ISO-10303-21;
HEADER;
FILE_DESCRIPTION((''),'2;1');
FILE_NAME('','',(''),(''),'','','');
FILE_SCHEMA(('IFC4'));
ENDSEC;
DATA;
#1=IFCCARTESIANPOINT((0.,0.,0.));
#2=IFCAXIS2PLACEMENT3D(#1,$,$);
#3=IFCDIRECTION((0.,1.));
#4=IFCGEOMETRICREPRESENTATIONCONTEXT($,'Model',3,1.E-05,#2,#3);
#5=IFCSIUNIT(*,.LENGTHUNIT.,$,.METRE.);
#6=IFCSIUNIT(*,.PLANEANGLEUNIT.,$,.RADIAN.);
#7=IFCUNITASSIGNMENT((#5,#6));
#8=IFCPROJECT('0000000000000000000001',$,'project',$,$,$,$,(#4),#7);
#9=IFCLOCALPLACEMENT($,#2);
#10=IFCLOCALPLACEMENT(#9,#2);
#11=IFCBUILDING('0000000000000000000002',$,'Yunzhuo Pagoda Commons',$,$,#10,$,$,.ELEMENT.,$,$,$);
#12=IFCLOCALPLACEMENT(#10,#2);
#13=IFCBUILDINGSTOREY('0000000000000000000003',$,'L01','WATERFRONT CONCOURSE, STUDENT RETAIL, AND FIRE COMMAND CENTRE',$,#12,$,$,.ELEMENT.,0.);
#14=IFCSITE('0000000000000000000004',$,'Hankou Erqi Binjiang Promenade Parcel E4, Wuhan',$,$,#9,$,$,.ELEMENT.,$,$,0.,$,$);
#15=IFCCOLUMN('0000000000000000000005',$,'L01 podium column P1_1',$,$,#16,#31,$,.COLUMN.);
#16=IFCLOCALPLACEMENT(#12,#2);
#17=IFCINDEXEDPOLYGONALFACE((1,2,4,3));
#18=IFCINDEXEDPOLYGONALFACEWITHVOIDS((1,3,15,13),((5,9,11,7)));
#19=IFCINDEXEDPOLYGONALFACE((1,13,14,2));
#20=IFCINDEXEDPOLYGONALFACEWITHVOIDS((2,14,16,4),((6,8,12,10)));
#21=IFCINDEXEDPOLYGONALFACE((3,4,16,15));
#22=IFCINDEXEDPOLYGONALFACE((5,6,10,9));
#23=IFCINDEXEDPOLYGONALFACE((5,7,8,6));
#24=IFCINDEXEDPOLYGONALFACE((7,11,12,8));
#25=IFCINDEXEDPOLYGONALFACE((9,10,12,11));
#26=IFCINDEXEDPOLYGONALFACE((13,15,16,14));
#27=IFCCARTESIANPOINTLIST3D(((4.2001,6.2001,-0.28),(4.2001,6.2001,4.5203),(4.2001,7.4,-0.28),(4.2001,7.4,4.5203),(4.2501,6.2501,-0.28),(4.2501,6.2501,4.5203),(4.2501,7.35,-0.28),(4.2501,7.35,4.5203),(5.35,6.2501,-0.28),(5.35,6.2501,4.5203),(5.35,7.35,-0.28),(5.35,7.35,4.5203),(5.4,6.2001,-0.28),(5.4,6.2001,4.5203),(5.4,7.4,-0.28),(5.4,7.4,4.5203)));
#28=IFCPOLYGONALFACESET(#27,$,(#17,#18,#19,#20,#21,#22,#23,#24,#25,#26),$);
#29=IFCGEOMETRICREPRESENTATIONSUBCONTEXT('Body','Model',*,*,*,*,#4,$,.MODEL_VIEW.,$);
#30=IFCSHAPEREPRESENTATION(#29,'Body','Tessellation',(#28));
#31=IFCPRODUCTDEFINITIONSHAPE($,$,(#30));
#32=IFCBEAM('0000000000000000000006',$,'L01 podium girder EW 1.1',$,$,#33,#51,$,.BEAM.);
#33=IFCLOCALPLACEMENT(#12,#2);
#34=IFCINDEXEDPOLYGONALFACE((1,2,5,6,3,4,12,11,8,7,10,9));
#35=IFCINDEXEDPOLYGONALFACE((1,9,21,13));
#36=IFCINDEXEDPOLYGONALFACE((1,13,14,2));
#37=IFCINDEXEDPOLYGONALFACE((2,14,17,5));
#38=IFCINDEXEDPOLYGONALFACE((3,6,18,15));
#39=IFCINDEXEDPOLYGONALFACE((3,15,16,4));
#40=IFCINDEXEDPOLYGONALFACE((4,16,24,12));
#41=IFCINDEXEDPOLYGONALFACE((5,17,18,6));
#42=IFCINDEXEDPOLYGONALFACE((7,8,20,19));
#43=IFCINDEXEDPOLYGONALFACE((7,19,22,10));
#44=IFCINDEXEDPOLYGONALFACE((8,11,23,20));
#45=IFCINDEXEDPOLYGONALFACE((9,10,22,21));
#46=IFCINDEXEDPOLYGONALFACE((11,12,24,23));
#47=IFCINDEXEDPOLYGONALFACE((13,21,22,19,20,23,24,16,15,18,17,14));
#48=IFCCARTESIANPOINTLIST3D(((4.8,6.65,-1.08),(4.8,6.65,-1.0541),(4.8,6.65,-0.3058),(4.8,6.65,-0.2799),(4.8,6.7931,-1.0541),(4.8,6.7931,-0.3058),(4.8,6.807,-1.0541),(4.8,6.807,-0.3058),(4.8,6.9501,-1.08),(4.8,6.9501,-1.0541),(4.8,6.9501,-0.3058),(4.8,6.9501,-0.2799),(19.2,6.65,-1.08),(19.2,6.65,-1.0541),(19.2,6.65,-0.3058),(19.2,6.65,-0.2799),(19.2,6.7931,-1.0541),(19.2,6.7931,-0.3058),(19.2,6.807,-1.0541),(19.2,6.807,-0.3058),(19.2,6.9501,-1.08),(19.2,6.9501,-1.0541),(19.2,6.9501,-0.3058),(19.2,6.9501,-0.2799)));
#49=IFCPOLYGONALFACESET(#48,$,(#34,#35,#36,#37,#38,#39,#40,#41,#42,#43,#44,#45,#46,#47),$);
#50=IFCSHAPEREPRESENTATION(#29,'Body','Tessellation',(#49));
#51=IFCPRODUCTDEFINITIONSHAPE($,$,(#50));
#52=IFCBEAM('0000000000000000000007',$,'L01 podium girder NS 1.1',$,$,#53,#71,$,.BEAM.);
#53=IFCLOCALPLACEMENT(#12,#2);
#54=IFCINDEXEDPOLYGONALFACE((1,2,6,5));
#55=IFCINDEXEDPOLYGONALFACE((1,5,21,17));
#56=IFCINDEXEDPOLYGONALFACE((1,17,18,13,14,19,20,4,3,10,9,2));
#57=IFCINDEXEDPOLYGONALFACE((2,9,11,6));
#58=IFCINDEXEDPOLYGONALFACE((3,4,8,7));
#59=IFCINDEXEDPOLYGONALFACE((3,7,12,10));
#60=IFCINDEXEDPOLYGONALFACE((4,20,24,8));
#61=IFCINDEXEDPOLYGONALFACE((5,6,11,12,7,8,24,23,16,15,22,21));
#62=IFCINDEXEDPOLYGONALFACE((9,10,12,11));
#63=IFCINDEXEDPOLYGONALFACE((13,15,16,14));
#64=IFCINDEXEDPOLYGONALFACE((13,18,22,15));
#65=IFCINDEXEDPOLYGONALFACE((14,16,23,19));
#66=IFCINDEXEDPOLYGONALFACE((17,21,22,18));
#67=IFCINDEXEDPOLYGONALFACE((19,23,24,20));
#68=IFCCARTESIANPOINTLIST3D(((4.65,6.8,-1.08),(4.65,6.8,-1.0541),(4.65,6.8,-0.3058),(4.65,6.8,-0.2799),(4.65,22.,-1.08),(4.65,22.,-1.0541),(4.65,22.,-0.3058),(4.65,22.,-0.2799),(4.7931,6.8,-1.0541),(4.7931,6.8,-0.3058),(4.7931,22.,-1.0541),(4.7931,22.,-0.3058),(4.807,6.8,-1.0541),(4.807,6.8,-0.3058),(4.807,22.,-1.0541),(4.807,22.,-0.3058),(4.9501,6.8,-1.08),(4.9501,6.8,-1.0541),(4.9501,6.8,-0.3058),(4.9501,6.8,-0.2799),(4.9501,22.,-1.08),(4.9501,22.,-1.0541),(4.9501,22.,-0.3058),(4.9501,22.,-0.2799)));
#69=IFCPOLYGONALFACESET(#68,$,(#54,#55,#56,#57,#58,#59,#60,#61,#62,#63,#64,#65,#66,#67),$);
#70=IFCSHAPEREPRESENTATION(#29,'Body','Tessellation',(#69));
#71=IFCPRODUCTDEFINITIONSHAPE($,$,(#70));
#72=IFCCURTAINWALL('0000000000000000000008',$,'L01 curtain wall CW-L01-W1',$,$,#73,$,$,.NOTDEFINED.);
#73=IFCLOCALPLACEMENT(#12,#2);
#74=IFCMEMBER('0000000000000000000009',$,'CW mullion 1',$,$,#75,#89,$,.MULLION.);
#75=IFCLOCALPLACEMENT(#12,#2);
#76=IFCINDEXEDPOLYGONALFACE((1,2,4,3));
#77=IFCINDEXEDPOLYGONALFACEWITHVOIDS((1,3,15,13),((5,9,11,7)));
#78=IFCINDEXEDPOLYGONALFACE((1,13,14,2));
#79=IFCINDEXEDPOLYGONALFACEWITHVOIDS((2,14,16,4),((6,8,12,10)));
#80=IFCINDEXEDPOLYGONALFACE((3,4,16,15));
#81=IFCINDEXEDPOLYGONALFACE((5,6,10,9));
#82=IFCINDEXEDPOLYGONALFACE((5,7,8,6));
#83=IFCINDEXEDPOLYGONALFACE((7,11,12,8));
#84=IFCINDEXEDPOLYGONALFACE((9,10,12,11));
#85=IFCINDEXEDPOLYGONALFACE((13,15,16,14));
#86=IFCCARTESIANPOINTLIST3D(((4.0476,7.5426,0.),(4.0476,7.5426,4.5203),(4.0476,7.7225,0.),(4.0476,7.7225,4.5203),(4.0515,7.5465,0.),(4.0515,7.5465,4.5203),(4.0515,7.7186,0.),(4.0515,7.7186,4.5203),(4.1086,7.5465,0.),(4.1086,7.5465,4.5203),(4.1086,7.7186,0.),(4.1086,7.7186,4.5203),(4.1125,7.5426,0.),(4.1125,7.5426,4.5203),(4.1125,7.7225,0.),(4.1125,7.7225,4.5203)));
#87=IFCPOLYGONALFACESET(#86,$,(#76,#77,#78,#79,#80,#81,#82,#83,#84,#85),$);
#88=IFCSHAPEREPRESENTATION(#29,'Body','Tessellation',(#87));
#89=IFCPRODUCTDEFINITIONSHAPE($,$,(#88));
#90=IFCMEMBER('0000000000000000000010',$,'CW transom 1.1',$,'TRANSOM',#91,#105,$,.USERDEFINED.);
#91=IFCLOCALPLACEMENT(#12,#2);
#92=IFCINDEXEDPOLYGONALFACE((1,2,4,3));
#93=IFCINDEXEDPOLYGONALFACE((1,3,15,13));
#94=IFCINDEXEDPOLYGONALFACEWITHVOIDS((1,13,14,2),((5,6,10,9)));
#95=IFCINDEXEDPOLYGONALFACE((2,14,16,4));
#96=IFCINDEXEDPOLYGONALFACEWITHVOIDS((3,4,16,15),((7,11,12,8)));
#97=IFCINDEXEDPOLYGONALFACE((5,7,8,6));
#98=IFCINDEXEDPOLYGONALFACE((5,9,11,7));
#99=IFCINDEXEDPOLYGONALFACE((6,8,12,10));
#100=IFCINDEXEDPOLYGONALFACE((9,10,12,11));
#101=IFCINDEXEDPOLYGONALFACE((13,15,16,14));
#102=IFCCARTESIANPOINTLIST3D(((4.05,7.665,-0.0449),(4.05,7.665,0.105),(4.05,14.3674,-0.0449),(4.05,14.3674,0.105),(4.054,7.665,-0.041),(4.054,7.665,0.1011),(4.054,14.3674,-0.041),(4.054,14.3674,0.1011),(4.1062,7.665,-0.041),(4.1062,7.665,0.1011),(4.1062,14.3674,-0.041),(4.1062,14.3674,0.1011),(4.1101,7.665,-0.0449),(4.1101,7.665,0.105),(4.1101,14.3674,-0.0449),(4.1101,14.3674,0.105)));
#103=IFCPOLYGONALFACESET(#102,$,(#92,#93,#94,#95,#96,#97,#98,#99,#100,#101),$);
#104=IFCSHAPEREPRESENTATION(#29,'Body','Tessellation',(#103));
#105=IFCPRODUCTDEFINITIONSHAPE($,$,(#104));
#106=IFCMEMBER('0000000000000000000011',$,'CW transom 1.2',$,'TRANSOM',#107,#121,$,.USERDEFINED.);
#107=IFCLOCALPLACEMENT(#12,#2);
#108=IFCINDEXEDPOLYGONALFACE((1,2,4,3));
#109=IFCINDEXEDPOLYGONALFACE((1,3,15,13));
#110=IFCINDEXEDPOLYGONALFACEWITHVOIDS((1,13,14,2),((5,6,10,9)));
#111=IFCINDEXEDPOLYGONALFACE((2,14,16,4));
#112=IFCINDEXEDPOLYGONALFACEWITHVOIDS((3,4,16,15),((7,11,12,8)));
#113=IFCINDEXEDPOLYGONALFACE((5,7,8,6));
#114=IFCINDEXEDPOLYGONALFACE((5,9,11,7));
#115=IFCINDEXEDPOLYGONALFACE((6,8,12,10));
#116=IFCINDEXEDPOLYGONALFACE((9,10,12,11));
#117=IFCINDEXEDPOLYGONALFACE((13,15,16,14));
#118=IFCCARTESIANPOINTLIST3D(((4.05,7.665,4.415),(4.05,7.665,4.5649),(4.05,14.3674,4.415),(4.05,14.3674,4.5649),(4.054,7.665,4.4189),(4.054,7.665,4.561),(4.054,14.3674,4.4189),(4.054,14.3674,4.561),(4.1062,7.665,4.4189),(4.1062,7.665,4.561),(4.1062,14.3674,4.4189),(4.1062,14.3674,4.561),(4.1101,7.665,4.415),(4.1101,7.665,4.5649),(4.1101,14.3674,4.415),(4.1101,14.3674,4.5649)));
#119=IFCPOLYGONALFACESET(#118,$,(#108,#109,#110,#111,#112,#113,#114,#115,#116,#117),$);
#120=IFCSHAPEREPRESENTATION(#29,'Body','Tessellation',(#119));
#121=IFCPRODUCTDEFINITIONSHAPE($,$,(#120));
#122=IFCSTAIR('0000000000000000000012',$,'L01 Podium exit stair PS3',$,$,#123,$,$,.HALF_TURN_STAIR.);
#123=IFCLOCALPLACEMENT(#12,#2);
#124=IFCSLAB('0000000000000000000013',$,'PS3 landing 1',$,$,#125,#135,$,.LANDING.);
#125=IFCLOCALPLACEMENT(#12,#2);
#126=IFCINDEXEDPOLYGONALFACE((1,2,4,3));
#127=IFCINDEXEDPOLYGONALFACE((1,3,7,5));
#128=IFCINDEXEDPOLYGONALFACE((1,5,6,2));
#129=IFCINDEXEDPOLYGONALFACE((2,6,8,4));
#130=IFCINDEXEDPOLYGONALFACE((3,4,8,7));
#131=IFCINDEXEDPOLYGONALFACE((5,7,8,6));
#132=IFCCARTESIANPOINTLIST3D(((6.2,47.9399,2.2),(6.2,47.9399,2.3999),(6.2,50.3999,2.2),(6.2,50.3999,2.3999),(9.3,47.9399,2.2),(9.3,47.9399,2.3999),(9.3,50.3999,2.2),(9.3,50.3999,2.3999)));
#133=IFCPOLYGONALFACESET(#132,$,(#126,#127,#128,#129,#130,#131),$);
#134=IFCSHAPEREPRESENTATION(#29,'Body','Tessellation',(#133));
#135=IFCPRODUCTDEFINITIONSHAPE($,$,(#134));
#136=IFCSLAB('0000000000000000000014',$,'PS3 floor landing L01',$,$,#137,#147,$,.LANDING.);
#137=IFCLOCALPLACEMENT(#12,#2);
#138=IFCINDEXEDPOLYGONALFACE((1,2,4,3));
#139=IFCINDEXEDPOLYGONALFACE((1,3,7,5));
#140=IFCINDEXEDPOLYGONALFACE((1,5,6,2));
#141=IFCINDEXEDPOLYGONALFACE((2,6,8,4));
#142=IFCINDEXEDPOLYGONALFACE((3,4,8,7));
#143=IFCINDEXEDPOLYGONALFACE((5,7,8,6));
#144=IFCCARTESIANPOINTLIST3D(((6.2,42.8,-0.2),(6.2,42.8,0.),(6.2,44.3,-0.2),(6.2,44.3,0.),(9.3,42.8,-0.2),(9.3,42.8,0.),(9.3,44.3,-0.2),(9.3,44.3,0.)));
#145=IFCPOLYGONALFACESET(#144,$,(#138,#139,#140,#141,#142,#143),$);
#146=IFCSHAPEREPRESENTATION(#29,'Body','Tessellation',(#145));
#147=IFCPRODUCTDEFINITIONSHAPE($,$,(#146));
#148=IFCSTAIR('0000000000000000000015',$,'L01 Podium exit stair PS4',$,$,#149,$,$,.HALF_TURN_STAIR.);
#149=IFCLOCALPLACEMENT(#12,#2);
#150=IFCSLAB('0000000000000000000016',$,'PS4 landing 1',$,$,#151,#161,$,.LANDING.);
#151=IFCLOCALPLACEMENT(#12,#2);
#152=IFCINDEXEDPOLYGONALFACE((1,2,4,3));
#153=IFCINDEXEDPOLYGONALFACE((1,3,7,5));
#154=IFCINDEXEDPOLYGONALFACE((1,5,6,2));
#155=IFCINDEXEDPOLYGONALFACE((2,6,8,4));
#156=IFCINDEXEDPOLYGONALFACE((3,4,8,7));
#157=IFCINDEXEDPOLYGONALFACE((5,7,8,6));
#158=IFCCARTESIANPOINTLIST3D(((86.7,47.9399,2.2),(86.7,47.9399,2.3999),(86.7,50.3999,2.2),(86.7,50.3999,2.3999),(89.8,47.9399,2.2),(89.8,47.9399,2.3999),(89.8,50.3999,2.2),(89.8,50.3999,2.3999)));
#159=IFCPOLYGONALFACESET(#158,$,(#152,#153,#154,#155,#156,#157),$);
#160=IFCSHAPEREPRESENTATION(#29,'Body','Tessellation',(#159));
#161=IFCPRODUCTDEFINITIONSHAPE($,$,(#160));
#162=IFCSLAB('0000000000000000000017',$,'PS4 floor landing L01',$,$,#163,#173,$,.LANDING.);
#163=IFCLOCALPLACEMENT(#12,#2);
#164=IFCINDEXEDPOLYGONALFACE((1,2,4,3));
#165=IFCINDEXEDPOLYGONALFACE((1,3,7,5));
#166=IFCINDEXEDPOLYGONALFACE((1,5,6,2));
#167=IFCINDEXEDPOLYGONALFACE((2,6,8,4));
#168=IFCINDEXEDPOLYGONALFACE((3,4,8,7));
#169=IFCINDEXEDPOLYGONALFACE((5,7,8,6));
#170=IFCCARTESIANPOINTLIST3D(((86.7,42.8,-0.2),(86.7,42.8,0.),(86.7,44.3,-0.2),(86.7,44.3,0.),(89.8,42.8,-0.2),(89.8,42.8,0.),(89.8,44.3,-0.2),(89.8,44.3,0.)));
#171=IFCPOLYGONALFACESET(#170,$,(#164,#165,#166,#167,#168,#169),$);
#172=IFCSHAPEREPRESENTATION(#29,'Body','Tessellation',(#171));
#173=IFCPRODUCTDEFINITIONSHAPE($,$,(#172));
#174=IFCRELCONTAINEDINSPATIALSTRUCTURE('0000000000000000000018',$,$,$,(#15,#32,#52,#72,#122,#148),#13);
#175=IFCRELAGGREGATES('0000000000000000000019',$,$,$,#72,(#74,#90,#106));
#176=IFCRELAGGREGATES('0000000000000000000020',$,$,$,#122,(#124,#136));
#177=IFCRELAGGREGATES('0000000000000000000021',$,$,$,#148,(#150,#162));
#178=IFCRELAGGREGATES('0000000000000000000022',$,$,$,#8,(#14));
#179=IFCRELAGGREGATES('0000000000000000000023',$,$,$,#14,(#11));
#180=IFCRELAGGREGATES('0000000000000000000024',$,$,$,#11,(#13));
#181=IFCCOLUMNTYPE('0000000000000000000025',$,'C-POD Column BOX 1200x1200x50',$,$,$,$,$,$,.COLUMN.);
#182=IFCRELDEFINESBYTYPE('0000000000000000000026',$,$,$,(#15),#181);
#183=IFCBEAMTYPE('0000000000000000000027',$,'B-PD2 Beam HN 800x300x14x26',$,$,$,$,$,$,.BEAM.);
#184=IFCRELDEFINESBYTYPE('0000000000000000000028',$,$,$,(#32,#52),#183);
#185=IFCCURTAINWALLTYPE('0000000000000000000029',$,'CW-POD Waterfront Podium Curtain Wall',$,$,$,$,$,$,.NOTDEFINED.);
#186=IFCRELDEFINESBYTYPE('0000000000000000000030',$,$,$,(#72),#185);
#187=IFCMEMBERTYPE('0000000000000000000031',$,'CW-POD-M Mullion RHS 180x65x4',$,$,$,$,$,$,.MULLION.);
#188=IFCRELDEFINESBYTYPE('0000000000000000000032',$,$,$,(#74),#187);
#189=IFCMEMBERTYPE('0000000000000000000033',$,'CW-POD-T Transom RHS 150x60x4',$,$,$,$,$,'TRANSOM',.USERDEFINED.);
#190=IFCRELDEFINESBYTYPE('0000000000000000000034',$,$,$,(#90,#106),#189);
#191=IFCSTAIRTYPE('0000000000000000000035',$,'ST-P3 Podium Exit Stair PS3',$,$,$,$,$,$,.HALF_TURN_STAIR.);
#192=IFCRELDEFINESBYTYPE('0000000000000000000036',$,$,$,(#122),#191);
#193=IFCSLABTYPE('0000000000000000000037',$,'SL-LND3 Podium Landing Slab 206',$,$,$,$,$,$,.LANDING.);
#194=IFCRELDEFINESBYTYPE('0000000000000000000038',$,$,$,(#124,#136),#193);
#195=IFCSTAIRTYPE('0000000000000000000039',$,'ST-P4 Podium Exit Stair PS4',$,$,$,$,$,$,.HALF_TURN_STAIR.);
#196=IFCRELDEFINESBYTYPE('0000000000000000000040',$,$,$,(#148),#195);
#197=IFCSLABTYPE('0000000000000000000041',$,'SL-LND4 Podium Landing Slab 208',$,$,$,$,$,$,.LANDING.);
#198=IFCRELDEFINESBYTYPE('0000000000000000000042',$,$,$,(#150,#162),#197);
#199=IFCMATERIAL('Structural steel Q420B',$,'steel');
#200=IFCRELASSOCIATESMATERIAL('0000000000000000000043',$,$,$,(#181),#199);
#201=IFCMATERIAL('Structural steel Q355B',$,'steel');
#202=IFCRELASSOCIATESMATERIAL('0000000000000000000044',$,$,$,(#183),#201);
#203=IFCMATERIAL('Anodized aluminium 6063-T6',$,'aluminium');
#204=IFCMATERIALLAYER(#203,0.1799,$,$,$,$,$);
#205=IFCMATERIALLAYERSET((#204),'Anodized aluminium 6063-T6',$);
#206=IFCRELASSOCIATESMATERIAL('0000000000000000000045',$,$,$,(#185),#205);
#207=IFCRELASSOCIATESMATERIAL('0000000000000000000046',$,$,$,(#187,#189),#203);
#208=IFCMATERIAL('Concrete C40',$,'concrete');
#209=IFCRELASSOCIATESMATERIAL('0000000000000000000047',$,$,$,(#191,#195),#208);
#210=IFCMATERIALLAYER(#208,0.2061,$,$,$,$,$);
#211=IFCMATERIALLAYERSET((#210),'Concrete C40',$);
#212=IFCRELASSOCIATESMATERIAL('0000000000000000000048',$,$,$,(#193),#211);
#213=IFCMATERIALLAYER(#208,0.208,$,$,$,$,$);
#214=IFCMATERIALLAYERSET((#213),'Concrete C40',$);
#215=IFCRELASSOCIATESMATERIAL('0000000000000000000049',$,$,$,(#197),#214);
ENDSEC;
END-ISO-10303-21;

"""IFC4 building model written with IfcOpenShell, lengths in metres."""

from ifc_helpers import new_model, si_unit, direction, frame, origin, origin_2d, place, context, subcontext, project, spatial, polyline, hollow_rectangle, i_section, outline, extrude, source, transform, mapped, material, layer, layer_set, material_profile, profile_set, type_object, element, aggregate, save


model = new_model("IFC4")

# Units and contexts
model_context = context("Model", 3, precision=1e-05, world=origin(), true_north=direction((0.0, 1.0)))
body_context = subcontext(model_context, "Body", "Model", "MODEL_VIEW")
ifc_project = project(units=[si_unit("LENGTHUNIT", "METRE"), si_unit("PLANEANGLEUNIT", "RADIAN")], contexts=[model_context])

# Site, building, storey
site_placement = place(None, origin())
site = spatial("IfcSite", under=ifc_project, at=site_placement, Name="Hankou Erqi Binjiang Promenade Parcel E4, Wuhan", CompositionType="ELEMENT", RefElevation=0.0)
building_placement = place(site_placement, origin())
building = spatial("IfcBuilding", under=site, at=building_placement, Name="Yunzhuo Pagoda Commons", CompositionType="ELEMENT")
storey_placement = place(building_placement, origin())
storey = spatial("IfcBuildingStorey", under=building, at=storey_placement, Name="L01", Description="WATERFRONT CONCOURSE, STUDENT RETAIL, AND FIRE COMMAND CENTRE", CompositionType="ELEMENT", Elevation=0.0)

# Column
ifc_material_1 = material(Name="Structural steel Q420B", Category="steel")
ifc_material_profile_1 = material_profile(ifc_material_1, hollow_rectangle(XDim=1.2, YDim=1.2, WallThickness=0.05, at=origin_2d()), Name="Structural steel Q420B")
ifc_profile_set_1 = profile_set([ifc_material_profile_1], Name="Structural steel Q420B")
column_type = type_object("IfcColumnType", Name="C-POD Column BOX 1200x1200x50", PredefinedType="COLUMN", material=ifc_profile_set_1)
shared_shape_1 = source(origin(), body_context, "Body", "SweptSolid", [
    extrude(hollow_rectangle(XDim=1.2, YDim=1.2, WallThickness=0.05, at=origin_2d()), origin(), (0.0, 0.0, 1.0), 4.8003),
])
column_placement = place(storey_placement, frame((4.8, 6.8, -0.28), z_axis=(0.0, 0.0, 1.0), x_axis=(1.0, 0.0, 0.0)))
element("IfcColumn", 1, at=column_placement, inside=storey, type_object=column_type, Name="L01 podium column P1_1", PredefinedType="COLUMN", context=body_context, shape_type="MappedRepresentation", body=[
    mapped(shared_shape_1, transform((0.0, 0.0, 0.0), scale=1.0)),
])

# Beams
ifc_material_2 = material(Name="Structural steel Q355B", Category="steel")
ifc_material_profile_2 = material_profile(ifc_material_2, i_section(OverallWidth=0.3, OverallDepth=0.8, WebThickness=0.0139, FlangeThickness=0.0259, at=origin_2d()), Name="Structural steel Q355B")
ifc_profile_set_2 = profile_set([ifc_material_profile_2], Name="Structural steel Q355B")
beam_type = type_object("IfcBeamType", Name="B-PD2 Beam HN 800x300x14x26", PredefinedType="BEAM", material=ifc_profile_set_2)
shared_shape_2 = source(origin(), body_context, "Body", "SweptSolid", [
    extrude(i_section(OverallWidth=0.3, OverallDepth=0.8, WebThickness=0.0139, FlangeThickness=0.0259, at=origin_2d()), origin(), (0.0, 0.0, 1.0), 14.3999),
])
beam_1_placement = place(storey_placement, frame((4.8, 6.8, -0.6799), z_axis=(1.0, 0.0, 0.0), x_axis=(0.0, 1.0, 0.0)))
element("IfcBeam", 2, at=beam_1_placement, inside=storey, type_object=beam_type, Name="L01 podium girder EW 1.1", PredefinedType="BEAM", context=body_context, shape_type="MappedRepresentation", body=[
    mapped(shared_shape_2, transform((0.0, 0.0, 0.0), scale=1.0)),
])
shared_shape_3 = source(origin(), body_context, "Body", "SweptSolid", [
    extrude(i_section(OverallWidth=0.3, OverallDepth=0.8, WebThickness=0.0139, FlangeThickness=0.0259, at=origin_2d()), origin(), (0.0, 0.0, 1.0), 15.2),
])
beam_2_placement = place(storey_placement, frame((4.8, 6.8, -0.6799), z_axis=(0.0, 1.0, 0.0), x_axis=(-1.0, 0.0, 0.0)))
element("IfcBeam", 3, at=beam_2_placement, inside=storey, type_object=beam_type, Name="L01 podium girder NS 1.1", PredefinedType="BEAM", context=body_context, shape_type="MappedRepresentation", body=[
    mapped(shared_shape_3, transform((0.0, 0.0, 0.0), scale=1.0)),
])

# Curtain wall, members
ifc_material_3 = material(Name="Anodized aluminium 6063-T6", Category="aluminium")
ifc_layer_1 = layer(ifc_material_3, 0.1799)
ifc_layer_set_1 = layer_set([ifc_layer_1], Name="Anodized aluminium 6063-T6")
curtain_wall_type = type_object("IfcCurtainWallType", Name="CW-POD Waterfront Podium Curtain Wall", PredefinedType="NOTDEFINED", material=ifc_layer_set_1)
curtain_wall_placement = place(storey_placement, origin())
curtain_wall = element("IfcCurtainWall", 4, at=curtain_wall_placement, inside=storey, type_object=curtain_wall_type, Name="L01 curtain wall CW-L01-W1", PredefinedType="NOTDEFINED")
ifc_material_profile_3 = material_profile(ifc_material_3, hollow_rectangle(XDim=0.0649, YDim=0.1799, WallThickness=0.0039, at=origin_2d()), Name="Anodized aluminium 6063-T6")
ifc_profile_set_3 = profile_set([ifc_material_profile_3], Name="Anodized aluminium 6063-T6")
member_type_1 = type_object("IfcMemberType", Name="CW-POD-M Mullion RHS 180x65x4", PredefinedType="MULLION", material=ifc_profile_set_3)
shared_shape_4 = source(origin(), body_context, "Body", "SweptSolid", [
    extrude(hollow_rectangle(XDim=0.0649, YDim=0.1799, WallThickness=0.0039, at=origin_2d()), origin(), (0.0, 0.0, 1.0), 4.5203),
])
member_1_placement = place(storey_placement, frame((4.0801, 7.6326, 0.0), z_axis=(0.0, 0.0, 1.0), x_axis=(-1.0, 0.0, 0.0)))
member_1 = element("IfcMember", 5, at=member_1_placement, type_object=member_type_1, Name="CW mullion 1", PredefinedType="MULLION", context=body_context, shape_type="MappedRepresentation", body=[
    mapped(shared_shape_4, transform((0.0, 0.0, 0.0), scale=1.0)),
])
ifc_material_profile_4 = material_profile(ifc_material_3, hollow_rectangle(XDim=0.0601, YDim=0.1499, WallThickness=0.0039, at=origin_2d()), Name="Anodized aluminium 6063-T6")
ifc_profile_set_4 = profile_set([ifc_material_profile_4], Name="Anodized aluminium 6063-T6")
member_type_2 = type_object("IfcMemberType", Name="CW-POD-T Transom RHS 150x60x4", ElementType="TRANSOM", PredefinedType="USERDEFINED", material=ifc_profile_set_4)
shared_shape_5 = source(origin(), body_context, "Body", "SweptSolid", [
    extrude(hollow_rectangle(XDim=0.0601, YDim=0.1499, WallThickness=0.0039, at=origin_2d()), origin(), (0.0, 0.0, 1.0), 6.7024),
])
member_2_placement = place(storey_placement, frame((4.0801, 7.665, 0.03), z_axis=(0.0, 1.0, 0.0), x_axis=(-1.0, 0.0, 0.0)))
member_2 = element("IfcMember", 6, at=member_2_placement, type_object=member_type_2, Name="CW transom 1.1", ObjectType="TRANSOM", PredefinedType="USERDEFINED", context=body_context, shape_type="MappedRepresentation", body=[
    mapped(shared_shape_5, transform((0.0, 0.0, 0.0), scale=1.0)),
])
member_3_placement = place(storey_placement, frame((4.0801, 7.665, 4.49), z_axis=(0.0, 1.0, 0.0), x_axis=(-1.0, 0.0, 0.0)))
member_3 = element("IfcMember", 7, at=member_3_placement, type_object=member_type_2, Name="CW transom 1.2", ObjectType="TRANSOM", PredefinedType="USERDEFINED", context=body_context, shape_type="MappedRepresentation", body=[
    mapped(shared_shape_5, transform((0.0, 0.0, 0.0), scale=1.0)),
])
aggregate(curtain_wall, [member_1, member_2, member_3])

# Stairs, slabs
ifc_material_4 = material(Name="Concrete C40", Category="concrete")
stair_type_1 = type_object("IfcStairType", Name="ST-P3 Podium Exit Stair PS3", PredefinedType="HALF_TURN_STAIR", material=ifc_material_4)
stair_1_placement = place(storey_placement, origin())
stair_1 = element("IfcStair", 8, at=stair_1_placement, inside=storey, type_object=stair_type_1, Name="L01 Podium exit stair PS3", PredefinedType="HALF_TURN_STAIR")
ifc_layer_2 = layer(ifc_material_4, 0.2061)
ifc_layer_set_2 = layer_set([ifc_layer_2], Name="Concrete C40")
slab_type_1 = type_object("IfcSlabType", Name="SL-LND3 Podium Landing Slab 206", PredefinedType="LANDING", material=ifc_layer_set_2)
slab_1_placement = place(storey_placement, frame((0.0, 0.0, 2.2)))
slab_1 = element("IfcSlab", 9, at=slab_1_placement, type_object=slab_type_1, Name="PS3 landing 1", PredefinedType="LANDING", context=body_context, shape_type="SweptSolid", body=[
    extrude(outline(polyline([(9.3, 47.9399), (9.3, 50.3999), (6.2, 50.3999), (6.2, 47.9399), (9.3, 47.9399)])), origin(), (0.0, 0.0, 1.0), 0.2),
])
slab_2_placement = place(storey_placement, frame((0.0, 0.0, -0.2)))
slab_2 = element("IfcSlab", 10, at=slab_2_placement, type_object=slab_type_1, Name="PS3 floor landing L01", PredefinedType="LANDING", context=body_context, shape_type="SweptSolid", body=[
    extrude(outline(polyline([(9.3, 42.8), (9.3, 44.3), (6.2, 44.3), (6.2, 42.8), (9.3, 42.8)])), origin(), (0.0, 0.0, 1.0), 0.2),
])
aggregate(stair_1, [slab_1, slab_2])
stair_type_2 = type_object("IfcStairType", Name="ST-P4 Podium Exit Stair PS4", PredefinedType="HALF_TURN_STAIR", material=ifc_material_4)
stair_2_placement = place(storey_placement, origin())
stair_2 = element("IfcStair", 11, at=stair_2_placement, inside=storey, type_object=stair_type_2, Name="L01 Podium exit stair PS4", PredefinedType="HALF_TURN_STAIR")
ifc_layer_3 = layer(ifc_material_4, 0.208)
ifc_layer_set_3 = layer_set([ifc_layer_3], Name="Concrete C40")
slab_type_2 = type_object("IfcSlabType", Name="SL-LND4 Podium Landing Slab 208", PredefinedType="LANDING", material=ifc_layer_set_3)
slab_3_placement = place(storey_placement, frame((0.0, 0.0, 2.2)))
slab_3 = element("IfcSlab", 12, at=slab_3_placement, type_object=slab_type_2, Name="PS4 landing 1", PredefinedType="LANDING", context=body_context, shape_type="SweptSolid", body=[
    extrude(outline(polyline([(89.8, 47.9399), (89.8, 50.3999), (86.7, 50.3999), (86.7, 47.9399), (89.8, 47.9399)])), origin(), (0.0, 0.0, 1.0), 0.2),
])
slab_4_placement = place(storey_placement, frame((0.0, 0.0, -0.2)))
slab_4 = element("IfcSlab", 13, at=slab_4_placement, type_object=slab_type_2, Name="PS4 floor landing L01", PredefinedType="LANDING", context=body_context, shape_type="SweptSolid", body=[
    extrude(outline(polyline([(89.8, 42.8), (89.8, 44.3), (86.7, 44.3), (86.7, 42.8), (89.8, 42.8)])), origin(), (0.0, 0.0, 1.0), 0.2),
])
aggregate(stair_2, [slab_3, slab_4])

save(model, "model.ifc")
